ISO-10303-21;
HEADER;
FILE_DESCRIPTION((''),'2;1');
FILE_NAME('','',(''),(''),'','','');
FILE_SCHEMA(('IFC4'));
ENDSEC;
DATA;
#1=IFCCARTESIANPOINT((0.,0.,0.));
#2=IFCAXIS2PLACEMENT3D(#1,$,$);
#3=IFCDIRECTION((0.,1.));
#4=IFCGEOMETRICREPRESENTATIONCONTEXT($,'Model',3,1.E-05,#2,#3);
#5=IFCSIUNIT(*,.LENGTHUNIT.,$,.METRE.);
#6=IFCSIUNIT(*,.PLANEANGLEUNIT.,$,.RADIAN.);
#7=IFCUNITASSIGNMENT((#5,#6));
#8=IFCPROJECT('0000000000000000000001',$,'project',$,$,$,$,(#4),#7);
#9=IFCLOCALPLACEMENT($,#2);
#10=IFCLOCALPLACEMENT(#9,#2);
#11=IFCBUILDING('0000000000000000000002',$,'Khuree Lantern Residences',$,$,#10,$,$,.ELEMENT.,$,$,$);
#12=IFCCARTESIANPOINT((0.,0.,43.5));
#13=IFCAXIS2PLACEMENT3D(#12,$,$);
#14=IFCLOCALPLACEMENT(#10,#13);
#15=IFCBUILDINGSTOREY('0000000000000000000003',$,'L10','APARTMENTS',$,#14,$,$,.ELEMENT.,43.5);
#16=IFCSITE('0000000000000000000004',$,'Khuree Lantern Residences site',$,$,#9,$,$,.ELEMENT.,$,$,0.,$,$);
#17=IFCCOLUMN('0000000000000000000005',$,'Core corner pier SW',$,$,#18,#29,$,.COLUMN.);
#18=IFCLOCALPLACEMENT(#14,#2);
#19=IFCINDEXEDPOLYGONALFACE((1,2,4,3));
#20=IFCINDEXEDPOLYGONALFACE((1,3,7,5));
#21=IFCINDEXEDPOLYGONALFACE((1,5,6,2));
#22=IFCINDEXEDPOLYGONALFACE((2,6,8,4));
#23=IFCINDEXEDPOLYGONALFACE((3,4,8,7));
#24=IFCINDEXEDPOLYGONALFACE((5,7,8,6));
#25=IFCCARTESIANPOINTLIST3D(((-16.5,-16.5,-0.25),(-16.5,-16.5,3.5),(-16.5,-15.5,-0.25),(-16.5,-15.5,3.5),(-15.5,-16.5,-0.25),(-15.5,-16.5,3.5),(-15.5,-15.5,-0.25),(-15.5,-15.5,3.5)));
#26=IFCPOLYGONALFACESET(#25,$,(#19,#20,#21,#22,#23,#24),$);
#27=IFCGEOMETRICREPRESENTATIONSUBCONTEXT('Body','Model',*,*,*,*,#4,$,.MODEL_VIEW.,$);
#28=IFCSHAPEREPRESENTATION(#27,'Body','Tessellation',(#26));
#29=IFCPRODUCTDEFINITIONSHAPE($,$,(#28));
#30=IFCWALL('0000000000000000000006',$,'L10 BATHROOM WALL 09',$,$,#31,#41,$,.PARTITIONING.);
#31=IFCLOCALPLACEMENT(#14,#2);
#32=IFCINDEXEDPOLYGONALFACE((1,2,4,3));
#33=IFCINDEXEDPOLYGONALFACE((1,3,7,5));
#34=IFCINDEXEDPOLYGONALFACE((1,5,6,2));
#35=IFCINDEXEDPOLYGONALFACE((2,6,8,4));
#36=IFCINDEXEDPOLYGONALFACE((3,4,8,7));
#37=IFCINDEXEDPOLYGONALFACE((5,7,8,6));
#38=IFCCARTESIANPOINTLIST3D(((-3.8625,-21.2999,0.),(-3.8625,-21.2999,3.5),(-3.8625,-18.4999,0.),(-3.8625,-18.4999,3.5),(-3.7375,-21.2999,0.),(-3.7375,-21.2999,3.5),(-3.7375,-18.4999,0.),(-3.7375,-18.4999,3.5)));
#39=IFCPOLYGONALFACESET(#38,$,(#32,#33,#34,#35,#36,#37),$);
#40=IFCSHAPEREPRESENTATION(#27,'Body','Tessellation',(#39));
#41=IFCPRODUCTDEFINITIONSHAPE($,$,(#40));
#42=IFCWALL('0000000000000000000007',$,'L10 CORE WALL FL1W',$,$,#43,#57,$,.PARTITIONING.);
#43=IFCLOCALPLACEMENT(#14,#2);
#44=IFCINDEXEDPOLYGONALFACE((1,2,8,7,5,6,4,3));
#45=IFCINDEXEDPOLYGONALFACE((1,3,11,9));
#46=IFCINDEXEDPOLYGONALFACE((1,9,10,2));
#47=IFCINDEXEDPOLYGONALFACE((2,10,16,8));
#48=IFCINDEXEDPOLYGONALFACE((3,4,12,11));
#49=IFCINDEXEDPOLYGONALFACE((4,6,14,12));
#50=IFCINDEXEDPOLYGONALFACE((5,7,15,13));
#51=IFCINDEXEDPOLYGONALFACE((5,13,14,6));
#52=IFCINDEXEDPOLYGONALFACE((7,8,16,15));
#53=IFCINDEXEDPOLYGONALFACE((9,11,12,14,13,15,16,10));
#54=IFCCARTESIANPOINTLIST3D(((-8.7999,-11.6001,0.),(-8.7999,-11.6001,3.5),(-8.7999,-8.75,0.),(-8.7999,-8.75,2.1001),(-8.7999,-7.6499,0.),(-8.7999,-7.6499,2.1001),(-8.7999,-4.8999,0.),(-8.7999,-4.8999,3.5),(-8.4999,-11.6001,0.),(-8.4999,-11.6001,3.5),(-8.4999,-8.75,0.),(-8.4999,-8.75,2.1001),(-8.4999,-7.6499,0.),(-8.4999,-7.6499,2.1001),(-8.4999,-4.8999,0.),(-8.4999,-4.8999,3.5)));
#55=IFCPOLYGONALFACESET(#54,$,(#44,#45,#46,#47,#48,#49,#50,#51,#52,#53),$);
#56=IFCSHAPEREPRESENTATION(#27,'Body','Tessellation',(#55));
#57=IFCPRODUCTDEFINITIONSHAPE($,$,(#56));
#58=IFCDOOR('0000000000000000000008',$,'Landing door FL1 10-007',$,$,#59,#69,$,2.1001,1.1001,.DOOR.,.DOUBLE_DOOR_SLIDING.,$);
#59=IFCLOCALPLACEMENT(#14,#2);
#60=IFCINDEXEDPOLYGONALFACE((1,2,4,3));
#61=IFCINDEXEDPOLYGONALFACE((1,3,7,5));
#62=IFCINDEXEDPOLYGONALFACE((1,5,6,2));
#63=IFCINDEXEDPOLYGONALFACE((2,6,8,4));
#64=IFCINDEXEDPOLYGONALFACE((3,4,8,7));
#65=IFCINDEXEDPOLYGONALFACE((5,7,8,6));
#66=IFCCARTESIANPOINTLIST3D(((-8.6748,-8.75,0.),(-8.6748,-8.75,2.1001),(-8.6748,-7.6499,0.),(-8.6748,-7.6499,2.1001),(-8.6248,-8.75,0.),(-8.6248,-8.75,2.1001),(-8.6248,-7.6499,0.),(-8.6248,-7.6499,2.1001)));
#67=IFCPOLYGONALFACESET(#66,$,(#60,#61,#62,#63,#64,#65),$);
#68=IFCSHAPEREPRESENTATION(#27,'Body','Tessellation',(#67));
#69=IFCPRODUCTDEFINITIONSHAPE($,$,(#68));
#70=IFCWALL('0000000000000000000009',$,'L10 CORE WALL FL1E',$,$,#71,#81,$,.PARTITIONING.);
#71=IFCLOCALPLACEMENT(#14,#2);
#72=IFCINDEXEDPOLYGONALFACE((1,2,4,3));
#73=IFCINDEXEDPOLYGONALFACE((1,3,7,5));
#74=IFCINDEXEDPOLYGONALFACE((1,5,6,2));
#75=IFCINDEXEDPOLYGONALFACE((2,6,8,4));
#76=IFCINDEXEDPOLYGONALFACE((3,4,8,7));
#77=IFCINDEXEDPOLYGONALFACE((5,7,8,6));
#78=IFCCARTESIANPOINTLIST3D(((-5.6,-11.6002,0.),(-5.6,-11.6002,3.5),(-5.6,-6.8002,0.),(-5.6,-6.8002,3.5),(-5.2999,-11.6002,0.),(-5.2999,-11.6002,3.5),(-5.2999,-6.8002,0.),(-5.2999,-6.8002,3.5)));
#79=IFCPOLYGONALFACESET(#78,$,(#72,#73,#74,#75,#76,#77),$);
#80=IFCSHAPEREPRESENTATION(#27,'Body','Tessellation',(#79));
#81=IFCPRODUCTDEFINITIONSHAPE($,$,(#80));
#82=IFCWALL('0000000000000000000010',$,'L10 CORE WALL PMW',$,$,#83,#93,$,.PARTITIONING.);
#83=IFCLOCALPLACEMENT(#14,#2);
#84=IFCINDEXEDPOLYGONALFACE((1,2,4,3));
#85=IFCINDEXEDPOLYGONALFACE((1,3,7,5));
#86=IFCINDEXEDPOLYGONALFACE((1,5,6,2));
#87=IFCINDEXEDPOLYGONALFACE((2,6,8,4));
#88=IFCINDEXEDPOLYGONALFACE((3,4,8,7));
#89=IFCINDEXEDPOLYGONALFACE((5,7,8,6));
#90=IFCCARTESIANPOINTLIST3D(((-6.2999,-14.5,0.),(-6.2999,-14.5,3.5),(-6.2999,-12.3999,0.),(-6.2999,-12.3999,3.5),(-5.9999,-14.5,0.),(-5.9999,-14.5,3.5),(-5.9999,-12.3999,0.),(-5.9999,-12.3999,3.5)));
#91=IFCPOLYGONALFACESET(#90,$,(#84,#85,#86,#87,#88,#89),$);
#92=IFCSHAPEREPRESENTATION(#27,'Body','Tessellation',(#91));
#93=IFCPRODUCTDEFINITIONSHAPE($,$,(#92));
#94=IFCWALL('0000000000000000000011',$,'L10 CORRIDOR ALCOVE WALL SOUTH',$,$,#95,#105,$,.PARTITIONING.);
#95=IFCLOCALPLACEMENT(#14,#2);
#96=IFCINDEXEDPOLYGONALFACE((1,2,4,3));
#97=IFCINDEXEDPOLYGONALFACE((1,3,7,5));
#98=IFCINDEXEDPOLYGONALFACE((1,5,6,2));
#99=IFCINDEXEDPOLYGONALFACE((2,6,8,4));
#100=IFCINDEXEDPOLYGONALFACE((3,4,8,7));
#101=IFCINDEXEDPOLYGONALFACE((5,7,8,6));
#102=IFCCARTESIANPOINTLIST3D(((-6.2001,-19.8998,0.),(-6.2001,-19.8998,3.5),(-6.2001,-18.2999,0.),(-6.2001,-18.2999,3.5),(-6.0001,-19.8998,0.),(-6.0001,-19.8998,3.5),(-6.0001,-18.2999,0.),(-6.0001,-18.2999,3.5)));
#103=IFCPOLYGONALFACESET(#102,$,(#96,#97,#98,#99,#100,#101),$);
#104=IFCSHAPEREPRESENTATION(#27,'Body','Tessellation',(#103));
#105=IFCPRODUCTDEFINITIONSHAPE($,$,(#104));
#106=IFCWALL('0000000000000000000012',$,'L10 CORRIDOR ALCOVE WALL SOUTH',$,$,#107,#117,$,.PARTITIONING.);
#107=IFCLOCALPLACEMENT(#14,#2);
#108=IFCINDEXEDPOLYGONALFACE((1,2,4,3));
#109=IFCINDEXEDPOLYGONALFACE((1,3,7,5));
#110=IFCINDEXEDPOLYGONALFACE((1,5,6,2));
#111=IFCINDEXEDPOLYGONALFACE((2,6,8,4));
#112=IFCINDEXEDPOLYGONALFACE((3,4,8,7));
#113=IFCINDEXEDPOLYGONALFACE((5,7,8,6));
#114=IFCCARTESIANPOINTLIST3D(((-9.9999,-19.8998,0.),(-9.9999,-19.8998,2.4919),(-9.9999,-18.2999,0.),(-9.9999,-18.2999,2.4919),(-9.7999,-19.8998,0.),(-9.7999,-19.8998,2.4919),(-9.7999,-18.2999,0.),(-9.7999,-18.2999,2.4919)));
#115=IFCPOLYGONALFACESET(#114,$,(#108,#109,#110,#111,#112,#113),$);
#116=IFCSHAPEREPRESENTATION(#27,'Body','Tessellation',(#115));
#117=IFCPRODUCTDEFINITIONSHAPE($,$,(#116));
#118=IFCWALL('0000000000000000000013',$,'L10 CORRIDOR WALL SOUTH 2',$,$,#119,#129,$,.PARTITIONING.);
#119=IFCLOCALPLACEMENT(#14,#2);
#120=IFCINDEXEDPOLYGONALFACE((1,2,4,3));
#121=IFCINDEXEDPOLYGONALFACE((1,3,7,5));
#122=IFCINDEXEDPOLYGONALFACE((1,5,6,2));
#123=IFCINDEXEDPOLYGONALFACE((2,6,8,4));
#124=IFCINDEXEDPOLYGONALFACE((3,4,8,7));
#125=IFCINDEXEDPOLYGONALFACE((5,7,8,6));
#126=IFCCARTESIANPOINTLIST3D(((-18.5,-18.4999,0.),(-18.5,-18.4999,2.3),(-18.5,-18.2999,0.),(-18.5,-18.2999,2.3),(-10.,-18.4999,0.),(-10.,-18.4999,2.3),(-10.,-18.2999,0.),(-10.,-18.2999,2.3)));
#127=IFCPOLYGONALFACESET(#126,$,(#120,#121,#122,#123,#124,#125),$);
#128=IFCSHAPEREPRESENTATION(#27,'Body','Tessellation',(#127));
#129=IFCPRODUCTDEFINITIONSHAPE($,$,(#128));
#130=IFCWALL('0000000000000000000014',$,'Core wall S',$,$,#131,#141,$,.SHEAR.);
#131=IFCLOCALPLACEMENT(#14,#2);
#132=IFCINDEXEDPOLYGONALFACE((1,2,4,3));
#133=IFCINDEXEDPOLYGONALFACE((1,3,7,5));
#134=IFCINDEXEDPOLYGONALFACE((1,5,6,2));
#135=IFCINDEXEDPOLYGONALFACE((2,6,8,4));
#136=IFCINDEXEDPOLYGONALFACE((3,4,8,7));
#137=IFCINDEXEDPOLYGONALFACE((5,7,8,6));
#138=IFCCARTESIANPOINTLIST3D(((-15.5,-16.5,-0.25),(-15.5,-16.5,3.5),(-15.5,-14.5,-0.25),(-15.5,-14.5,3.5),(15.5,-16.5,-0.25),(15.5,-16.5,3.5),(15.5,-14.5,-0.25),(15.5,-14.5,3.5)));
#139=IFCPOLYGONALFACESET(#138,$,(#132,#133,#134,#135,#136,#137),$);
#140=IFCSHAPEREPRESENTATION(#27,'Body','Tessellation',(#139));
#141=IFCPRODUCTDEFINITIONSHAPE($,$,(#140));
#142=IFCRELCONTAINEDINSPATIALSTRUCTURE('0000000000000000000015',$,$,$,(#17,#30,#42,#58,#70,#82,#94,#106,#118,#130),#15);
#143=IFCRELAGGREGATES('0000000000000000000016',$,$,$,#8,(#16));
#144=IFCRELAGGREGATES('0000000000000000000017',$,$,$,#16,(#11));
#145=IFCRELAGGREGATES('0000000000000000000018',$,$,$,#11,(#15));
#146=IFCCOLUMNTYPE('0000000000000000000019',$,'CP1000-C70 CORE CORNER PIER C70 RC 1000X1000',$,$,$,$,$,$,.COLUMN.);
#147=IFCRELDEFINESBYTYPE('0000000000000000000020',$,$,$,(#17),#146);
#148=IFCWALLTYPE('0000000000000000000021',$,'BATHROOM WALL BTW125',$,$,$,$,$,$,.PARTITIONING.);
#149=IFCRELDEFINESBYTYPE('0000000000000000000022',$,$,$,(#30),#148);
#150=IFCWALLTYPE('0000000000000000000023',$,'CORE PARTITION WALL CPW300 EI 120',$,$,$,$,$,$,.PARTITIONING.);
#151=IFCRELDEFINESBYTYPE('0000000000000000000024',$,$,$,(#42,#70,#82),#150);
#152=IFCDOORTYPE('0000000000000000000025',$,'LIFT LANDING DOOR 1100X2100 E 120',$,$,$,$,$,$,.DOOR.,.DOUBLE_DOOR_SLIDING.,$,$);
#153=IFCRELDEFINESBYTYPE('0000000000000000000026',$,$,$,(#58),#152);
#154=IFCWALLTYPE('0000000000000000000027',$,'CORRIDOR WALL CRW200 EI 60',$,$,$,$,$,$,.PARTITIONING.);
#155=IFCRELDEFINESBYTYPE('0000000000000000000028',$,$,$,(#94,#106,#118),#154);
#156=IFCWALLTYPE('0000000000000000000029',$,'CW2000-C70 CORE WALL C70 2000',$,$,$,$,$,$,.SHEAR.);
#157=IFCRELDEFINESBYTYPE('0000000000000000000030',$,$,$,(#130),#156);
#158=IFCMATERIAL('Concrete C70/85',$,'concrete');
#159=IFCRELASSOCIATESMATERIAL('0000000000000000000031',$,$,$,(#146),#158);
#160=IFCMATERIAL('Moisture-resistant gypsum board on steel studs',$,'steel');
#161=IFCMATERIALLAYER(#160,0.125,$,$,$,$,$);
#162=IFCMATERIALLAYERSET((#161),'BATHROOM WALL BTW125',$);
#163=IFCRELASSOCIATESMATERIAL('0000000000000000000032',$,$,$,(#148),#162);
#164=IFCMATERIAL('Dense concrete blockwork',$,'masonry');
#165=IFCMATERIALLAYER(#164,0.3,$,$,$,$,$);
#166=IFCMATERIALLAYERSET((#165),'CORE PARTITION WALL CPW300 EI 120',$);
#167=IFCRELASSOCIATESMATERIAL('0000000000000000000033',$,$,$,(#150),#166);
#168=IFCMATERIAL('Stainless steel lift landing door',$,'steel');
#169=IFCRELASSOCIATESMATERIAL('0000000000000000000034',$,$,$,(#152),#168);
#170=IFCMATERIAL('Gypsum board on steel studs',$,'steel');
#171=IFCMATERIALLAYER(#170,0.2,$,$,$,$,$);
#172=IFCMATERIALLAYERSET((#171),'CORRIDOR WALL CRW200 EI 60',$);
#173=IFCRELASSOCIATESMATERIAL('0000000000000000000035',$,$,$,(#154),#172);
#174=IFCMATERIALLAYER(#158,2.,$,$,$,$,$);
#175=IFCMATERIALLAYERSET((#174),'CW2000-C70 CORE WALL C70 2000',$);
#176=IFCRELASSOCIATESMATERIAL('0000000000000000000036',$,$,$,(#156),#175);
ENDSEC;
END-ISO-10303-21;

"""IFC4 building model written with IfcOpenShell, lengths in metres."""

from ifc_helpers import new_model, si_unit, direction, frame, frame_2d, origin, origin_2d, place, context, subcontext, project, spatial, rectangle, extrude, material, layer, layer_set, material_profile, profile_set, type_object, element, fill, save


model = new_model("IFC4")

# Units and contexts
model_context = context("Model", 3, precision=1e-05, world=origin(), true_north=direction((0.0, 1.0)))
body_context = subcontext(model_context, "Body", "Model", "MODEL_VIEW")
ifc_project = project(units=[si_unit("LENGTHUNIT", "METRE"), si_unit("PLANEANGLEUNIT", "RADIAN")], contexts=[model_context])

# Site, building, storey
site_placement = place(None, origin())
site = spatial("IfcSite", under=ifc_project, at=site_placement, Name="Khuree Lantern Residences site", CompositionType="ELEMENT", RefElevation=0.0)
building_placement = place(site_placement, origin())
building = spatial("IfcBuilding", under=site, at=building_placement, Name="Khuree Lantern Residences", CompositionType="ELEMENT")
storey_placement = place(building_placement, frame((0.0, 0.0, 43.5)))
storey = spatial("IfcBuildingStorey", under=building, at=storey_placement, Name="L10", Description="APARTMENTS", CompositionType="ELEMENT", Elevation=43.5)

# Column
ifc_material_1 = material(Name="Concrete C70/85", Category="concrete")
ifc_material_profile = material_profile(ifc_material_1, rectangle(XDim=1.0, YDim=1.0, at=origin_2d()), Name="RC 1000X1000")
ifc_profile_set = profile_set([ifc_material_profile], Name="Concrete C70/85")
column_type = type_object("IfcColumnType", Name="CP1000-C70 CORE CORNER PIER C70 RC 1000X1000", PredefinedType="COLUMN", material=ifc_profile_set)
column_placement = place(storey_placement, frame((-16.0, -16.0, -0.25), z_axis=(0.0, 0.0, 1.0), x_axis=(1.0, 0.0, 0.0)))
element("IfcColumn", 1, at=column_placement, inside=storey, type_object=column_type, Name="Core corner pier SW", PredefinedType="COLUMN", context=body_context, shape_type="SweptSolid", body=[
    extrude(rectangle(XDim=1.0, YDim=1.0, at=origin_2d()), origin(), (0.0, 0.0, 1.0), 3.75),
])

# Wall
ifc_material_2 = material(Name="Moisture-resistant gypsum board on steel studs", Category="steel")
ifc_layer_1 = layer(ifc_material_2, 0.125)
ifc_layer_set_1 = layer_set([ifc_layer_1], Name="BATHROOM WALL BTW125")
wall_type_1 = type_object("IfcWallType", Name="BATHROOM WALL BTW125", PredefinedType="PARTITIONING", material=ifc_layer_set_1)
wall_1_placement = place(storey_placement, frame((-3.8, -18.5, 0.0), z_axis=(0.0, 0.0, 1.0), x_axis=(0.0, -1.0, 0.0)))
element("IfcWall", 2, at=wall_1_placement, inside=storey, type_object=wall_type_1, Name="L10 BATHROOM WALL 09", PredefinedType="PARTITIONING", context=body_context, shape_type="SweptSolid", body=[
    extrude(rectangle(XDim=2.8, YDim=0.125, at=frame_2d((1.3999, 0.0))), origin(), (0.0, 0.0, 1.0), 3.5),
])

# Wall, opening, door
ifc_material_3 = material(Name="Dense concrete blockwork", Category="masonry")
ifc_layer_2 = layer(ifc_material_3, 0.3)
ifc_layer_set_2 = layer_set([ifc_layer_2], Name="CORE PARTITION WALL CPW300 EI 120")
wall_type_2 = type_object("IfcWallType", Name="CORE PARTITION WALL CPW300 EI 120", PredefinedType="PARTITIONING", material=ifc_layer_set_2)
wall_2_placement = place(storey_placement, frame((-8.6499, -11.6001, 0.0), z_axis=(0.0, 0.0, 1.0), x_axis=(0.0, 1.0, 0.0)))
wall_2 = element("IfcWall", 3, at=wall_2_placement, inside=storey, type_object=wall_type_2, Name="L10 CORE WALL FL1W", PredefinedType="PARTITIONING", context=body_context, shape_type="SweptSolid", body=[
    extrude(rectangle(XDim=6.7002, YDim=0.3, at=frame_2d((3.3501, 0.0))), origin(), (0.0, 0.0, 1.0), 3.5),
])
opening_1_placement = place(wall_2_placement, frame((2.8501, 0.0, 0.0)))
opening_1 = element("IfcOpeningElement", 4, at=opening_1_placement, cuts=wall_2, PredefinedType="OPENING", context=body_context, shape_type="SweptSolid", body=[
    extrude(rectangle(XDim=1.1001, YDim=2.1001, at=frame_2d((0.55, 1.05))), frame((0.0, 0.1602, 0.0), z_axis=(0.0, -1.0, 0.0), x_axis=(1.0, 0.0, 0.0)), (0.0, 0.0, 1.0), 0.3201),
])
ifc_material_4 = material(Name="Stainless steel lift landing door", Category="steel")
door_type_1 = type_object("IfcDoorType", Name="LIFT LANDING DOOR 1100X2100 E 120", OperationType="DOUBLE_DOOR_SLIDING", PredefinedType="DOOR", material=ifc_material_4)
door_1_placement = place(opening_1_placement, origin())
door_1 = element("IfcDoor", 5, at=door_1_placement, inside=storey, type_object=door_type_1, Name="Landing door FL1 10-007", OperationType="DOUBLE_DOOR_SLIDING", OverallHeight=2.1001, OverallWidth=1.1001, PredefinedType="DOOR", context=body_context, shape_type="SweptSolid", body=[
    extrude(rectangle(XDim=1.1001, YDim=2.1001, at=frame_2d((0.55, 1.05))), frame((0.0, 0.0249, 0.0), z_axis=(0.0, -1.0, 0.0), x_axis=(1.0, 0.0, 0.0)), (0.0, 0.0, 1.0), 0.05),
])
fill(opening_1, door_1)

# Walls
wall_3_placement = place(storey_placement, frame((-5.45, -11.6001, 0.0), z_axis=(0.0, 0.0, 1.0), x_axis=(0.0, 1.0, 0.0)))
element("IfcWall", 6, at=wall_3_placement, inside=storey, type_object=wall_type_2, Name="L10 CORE WALL FL1E", PredefinedType="PARTITIONING", context=body_context, shape_type="SweptSolid", body=[
    extrude(rectangle(XDim=4.8, YDim=0.3, at=frame_2d((2.3999, 0.0))), origin(), (0.0, 0.0, 1.0), 3.5),
])
wall_4_placement = place(storey_placement, frame((-6.1499, -14.5, 0.0), z_axis=(0.0, 0.0, 1.0), x_axis=(0.0, 1.0, 0.0)))
element("IfcWall", 7, at=wall_4_placement, inside=storey, type_object=wall_type_2, Name="L10 CORE WALL PMW", PredefinedType="PARTITIONING", context=body_context, shape_type="SweptSolid", body=[
    extrude(rectangle(XDim=2.1001, YDim=0.3, at=frame_2d((1.05, 0.0))), origin(), (0.0, 0.0, 1.0), 3.5),
])
ifc_material_5 = material(Name="Gypsum board on steel studs", Category="steel")
ifc_layer_3 = layer(ifc_material_5, 0.2)
ifc_layer_set_3 = layer_set([ifc_layer_3], Name="CORRIDOR WALL CRW200 EI 60")
wall_type_3 = type_object("IfcWallType", Name="CORRIDOR WALL CRW200 EI 60", PredefinedType="PARTITIONING", material=ifc_layer_set_3)
wall_5_placement = place(storey_placement, frame((-6.1001, -18.3, 0.0), z_axis=(0.0, 0.0, 1.0), x_axis=(0.0, -1.0, 0.0)))
element("IfcWall", 8, at=wall_5_placement, inside=storey, type_object=wall_type_3, Name="L10 CORRIDOR ALCOVE WALL SOUTH", PredefinedType="PARTITIONING", context=body_context, shape_type="SweptSolid", body=[
    extrude(rectangle(XDim=1.5999, YDim=0.2, at=frame_2d((0.7998, 0.0))), origin(), (0.0, 0.0, 1.0), 3.5),
])
wall_6_placement = place(storey_placement, frame((-9.8999, -18.3, 0.0), z_axis=(0.0, 0.0, 1.0), x_axis=(0.0, -1.0, 0.0)))
element("IfcWall", 9, at=wall_6_placement, inside=storey, type_object=wall_type_3, Name="L10 CORRIDOR ALCOVE WALL SOUTH", PredefinedType="PARTITIONING", context=body_context, shape_type="SweptSolid", body=[
    extrude(rectangle(XDim=1.5999, YDim=0.2, at=frame_2d((0.7998, 0.0))), origin(), (0.0, 0.0, 1.0), 2.4919),
])
wall_7_placement = place(storey_placement, frame((-10.0, -18.3999, 0.0), z_axis=(0.0, 0.0, 1.0), x_axis=(-1.0, 0.0, 0.0)))
element("IfcWall", 10, at=wall_7_placement, inside=storey, type_object=wall_type_3, Name="L10 CORRIDOR WALL SOUTH 2", PredefinedType="PARTITIONING", context=body_context, shape_type="SweptSolid", body=[
    extrude(rectangle(XDim=8.5, YDim=0.2, at=frame_2d((4.25, 0.0))), origin(), (0.0, 0.0, 1.0), 2.3),
])
ifc_layer_4 = layer(ifc_material_1, 2.0)
ifc_layer_set_4 = layer_set([ifc_layer_4], Name="CW2000-C70 CORE WALL C70 2000")
wall_type_4 = type_object("IfcWallType", Name="CW2000-C70 CORE WALL C70 2000", PredefinedType="SHEAR", material=ifc_layer_set_4)
wall_8_placement = place(storey_placement, frame((-15.5, -15.5, -0.25), z_axis=(0.0, 0.0, 1.0), x_axis=(1.0, 0.0, 0.0)))
element("IfcWall", 11, at=wall_8_placement, inside=storey, type_object=wall_type_4, Name="Core wall S", PredefinedType="SHEAR", context=body_context, shape_type="SweptSolid", body=[
    extrude(rectangle(XDim=31.0, YDim=2.0, at=frame_2d((15.5, 0.0))), origin(), (0.0, 0.0, 1.0), 3.75),
])

save(model, "model.ifc")
